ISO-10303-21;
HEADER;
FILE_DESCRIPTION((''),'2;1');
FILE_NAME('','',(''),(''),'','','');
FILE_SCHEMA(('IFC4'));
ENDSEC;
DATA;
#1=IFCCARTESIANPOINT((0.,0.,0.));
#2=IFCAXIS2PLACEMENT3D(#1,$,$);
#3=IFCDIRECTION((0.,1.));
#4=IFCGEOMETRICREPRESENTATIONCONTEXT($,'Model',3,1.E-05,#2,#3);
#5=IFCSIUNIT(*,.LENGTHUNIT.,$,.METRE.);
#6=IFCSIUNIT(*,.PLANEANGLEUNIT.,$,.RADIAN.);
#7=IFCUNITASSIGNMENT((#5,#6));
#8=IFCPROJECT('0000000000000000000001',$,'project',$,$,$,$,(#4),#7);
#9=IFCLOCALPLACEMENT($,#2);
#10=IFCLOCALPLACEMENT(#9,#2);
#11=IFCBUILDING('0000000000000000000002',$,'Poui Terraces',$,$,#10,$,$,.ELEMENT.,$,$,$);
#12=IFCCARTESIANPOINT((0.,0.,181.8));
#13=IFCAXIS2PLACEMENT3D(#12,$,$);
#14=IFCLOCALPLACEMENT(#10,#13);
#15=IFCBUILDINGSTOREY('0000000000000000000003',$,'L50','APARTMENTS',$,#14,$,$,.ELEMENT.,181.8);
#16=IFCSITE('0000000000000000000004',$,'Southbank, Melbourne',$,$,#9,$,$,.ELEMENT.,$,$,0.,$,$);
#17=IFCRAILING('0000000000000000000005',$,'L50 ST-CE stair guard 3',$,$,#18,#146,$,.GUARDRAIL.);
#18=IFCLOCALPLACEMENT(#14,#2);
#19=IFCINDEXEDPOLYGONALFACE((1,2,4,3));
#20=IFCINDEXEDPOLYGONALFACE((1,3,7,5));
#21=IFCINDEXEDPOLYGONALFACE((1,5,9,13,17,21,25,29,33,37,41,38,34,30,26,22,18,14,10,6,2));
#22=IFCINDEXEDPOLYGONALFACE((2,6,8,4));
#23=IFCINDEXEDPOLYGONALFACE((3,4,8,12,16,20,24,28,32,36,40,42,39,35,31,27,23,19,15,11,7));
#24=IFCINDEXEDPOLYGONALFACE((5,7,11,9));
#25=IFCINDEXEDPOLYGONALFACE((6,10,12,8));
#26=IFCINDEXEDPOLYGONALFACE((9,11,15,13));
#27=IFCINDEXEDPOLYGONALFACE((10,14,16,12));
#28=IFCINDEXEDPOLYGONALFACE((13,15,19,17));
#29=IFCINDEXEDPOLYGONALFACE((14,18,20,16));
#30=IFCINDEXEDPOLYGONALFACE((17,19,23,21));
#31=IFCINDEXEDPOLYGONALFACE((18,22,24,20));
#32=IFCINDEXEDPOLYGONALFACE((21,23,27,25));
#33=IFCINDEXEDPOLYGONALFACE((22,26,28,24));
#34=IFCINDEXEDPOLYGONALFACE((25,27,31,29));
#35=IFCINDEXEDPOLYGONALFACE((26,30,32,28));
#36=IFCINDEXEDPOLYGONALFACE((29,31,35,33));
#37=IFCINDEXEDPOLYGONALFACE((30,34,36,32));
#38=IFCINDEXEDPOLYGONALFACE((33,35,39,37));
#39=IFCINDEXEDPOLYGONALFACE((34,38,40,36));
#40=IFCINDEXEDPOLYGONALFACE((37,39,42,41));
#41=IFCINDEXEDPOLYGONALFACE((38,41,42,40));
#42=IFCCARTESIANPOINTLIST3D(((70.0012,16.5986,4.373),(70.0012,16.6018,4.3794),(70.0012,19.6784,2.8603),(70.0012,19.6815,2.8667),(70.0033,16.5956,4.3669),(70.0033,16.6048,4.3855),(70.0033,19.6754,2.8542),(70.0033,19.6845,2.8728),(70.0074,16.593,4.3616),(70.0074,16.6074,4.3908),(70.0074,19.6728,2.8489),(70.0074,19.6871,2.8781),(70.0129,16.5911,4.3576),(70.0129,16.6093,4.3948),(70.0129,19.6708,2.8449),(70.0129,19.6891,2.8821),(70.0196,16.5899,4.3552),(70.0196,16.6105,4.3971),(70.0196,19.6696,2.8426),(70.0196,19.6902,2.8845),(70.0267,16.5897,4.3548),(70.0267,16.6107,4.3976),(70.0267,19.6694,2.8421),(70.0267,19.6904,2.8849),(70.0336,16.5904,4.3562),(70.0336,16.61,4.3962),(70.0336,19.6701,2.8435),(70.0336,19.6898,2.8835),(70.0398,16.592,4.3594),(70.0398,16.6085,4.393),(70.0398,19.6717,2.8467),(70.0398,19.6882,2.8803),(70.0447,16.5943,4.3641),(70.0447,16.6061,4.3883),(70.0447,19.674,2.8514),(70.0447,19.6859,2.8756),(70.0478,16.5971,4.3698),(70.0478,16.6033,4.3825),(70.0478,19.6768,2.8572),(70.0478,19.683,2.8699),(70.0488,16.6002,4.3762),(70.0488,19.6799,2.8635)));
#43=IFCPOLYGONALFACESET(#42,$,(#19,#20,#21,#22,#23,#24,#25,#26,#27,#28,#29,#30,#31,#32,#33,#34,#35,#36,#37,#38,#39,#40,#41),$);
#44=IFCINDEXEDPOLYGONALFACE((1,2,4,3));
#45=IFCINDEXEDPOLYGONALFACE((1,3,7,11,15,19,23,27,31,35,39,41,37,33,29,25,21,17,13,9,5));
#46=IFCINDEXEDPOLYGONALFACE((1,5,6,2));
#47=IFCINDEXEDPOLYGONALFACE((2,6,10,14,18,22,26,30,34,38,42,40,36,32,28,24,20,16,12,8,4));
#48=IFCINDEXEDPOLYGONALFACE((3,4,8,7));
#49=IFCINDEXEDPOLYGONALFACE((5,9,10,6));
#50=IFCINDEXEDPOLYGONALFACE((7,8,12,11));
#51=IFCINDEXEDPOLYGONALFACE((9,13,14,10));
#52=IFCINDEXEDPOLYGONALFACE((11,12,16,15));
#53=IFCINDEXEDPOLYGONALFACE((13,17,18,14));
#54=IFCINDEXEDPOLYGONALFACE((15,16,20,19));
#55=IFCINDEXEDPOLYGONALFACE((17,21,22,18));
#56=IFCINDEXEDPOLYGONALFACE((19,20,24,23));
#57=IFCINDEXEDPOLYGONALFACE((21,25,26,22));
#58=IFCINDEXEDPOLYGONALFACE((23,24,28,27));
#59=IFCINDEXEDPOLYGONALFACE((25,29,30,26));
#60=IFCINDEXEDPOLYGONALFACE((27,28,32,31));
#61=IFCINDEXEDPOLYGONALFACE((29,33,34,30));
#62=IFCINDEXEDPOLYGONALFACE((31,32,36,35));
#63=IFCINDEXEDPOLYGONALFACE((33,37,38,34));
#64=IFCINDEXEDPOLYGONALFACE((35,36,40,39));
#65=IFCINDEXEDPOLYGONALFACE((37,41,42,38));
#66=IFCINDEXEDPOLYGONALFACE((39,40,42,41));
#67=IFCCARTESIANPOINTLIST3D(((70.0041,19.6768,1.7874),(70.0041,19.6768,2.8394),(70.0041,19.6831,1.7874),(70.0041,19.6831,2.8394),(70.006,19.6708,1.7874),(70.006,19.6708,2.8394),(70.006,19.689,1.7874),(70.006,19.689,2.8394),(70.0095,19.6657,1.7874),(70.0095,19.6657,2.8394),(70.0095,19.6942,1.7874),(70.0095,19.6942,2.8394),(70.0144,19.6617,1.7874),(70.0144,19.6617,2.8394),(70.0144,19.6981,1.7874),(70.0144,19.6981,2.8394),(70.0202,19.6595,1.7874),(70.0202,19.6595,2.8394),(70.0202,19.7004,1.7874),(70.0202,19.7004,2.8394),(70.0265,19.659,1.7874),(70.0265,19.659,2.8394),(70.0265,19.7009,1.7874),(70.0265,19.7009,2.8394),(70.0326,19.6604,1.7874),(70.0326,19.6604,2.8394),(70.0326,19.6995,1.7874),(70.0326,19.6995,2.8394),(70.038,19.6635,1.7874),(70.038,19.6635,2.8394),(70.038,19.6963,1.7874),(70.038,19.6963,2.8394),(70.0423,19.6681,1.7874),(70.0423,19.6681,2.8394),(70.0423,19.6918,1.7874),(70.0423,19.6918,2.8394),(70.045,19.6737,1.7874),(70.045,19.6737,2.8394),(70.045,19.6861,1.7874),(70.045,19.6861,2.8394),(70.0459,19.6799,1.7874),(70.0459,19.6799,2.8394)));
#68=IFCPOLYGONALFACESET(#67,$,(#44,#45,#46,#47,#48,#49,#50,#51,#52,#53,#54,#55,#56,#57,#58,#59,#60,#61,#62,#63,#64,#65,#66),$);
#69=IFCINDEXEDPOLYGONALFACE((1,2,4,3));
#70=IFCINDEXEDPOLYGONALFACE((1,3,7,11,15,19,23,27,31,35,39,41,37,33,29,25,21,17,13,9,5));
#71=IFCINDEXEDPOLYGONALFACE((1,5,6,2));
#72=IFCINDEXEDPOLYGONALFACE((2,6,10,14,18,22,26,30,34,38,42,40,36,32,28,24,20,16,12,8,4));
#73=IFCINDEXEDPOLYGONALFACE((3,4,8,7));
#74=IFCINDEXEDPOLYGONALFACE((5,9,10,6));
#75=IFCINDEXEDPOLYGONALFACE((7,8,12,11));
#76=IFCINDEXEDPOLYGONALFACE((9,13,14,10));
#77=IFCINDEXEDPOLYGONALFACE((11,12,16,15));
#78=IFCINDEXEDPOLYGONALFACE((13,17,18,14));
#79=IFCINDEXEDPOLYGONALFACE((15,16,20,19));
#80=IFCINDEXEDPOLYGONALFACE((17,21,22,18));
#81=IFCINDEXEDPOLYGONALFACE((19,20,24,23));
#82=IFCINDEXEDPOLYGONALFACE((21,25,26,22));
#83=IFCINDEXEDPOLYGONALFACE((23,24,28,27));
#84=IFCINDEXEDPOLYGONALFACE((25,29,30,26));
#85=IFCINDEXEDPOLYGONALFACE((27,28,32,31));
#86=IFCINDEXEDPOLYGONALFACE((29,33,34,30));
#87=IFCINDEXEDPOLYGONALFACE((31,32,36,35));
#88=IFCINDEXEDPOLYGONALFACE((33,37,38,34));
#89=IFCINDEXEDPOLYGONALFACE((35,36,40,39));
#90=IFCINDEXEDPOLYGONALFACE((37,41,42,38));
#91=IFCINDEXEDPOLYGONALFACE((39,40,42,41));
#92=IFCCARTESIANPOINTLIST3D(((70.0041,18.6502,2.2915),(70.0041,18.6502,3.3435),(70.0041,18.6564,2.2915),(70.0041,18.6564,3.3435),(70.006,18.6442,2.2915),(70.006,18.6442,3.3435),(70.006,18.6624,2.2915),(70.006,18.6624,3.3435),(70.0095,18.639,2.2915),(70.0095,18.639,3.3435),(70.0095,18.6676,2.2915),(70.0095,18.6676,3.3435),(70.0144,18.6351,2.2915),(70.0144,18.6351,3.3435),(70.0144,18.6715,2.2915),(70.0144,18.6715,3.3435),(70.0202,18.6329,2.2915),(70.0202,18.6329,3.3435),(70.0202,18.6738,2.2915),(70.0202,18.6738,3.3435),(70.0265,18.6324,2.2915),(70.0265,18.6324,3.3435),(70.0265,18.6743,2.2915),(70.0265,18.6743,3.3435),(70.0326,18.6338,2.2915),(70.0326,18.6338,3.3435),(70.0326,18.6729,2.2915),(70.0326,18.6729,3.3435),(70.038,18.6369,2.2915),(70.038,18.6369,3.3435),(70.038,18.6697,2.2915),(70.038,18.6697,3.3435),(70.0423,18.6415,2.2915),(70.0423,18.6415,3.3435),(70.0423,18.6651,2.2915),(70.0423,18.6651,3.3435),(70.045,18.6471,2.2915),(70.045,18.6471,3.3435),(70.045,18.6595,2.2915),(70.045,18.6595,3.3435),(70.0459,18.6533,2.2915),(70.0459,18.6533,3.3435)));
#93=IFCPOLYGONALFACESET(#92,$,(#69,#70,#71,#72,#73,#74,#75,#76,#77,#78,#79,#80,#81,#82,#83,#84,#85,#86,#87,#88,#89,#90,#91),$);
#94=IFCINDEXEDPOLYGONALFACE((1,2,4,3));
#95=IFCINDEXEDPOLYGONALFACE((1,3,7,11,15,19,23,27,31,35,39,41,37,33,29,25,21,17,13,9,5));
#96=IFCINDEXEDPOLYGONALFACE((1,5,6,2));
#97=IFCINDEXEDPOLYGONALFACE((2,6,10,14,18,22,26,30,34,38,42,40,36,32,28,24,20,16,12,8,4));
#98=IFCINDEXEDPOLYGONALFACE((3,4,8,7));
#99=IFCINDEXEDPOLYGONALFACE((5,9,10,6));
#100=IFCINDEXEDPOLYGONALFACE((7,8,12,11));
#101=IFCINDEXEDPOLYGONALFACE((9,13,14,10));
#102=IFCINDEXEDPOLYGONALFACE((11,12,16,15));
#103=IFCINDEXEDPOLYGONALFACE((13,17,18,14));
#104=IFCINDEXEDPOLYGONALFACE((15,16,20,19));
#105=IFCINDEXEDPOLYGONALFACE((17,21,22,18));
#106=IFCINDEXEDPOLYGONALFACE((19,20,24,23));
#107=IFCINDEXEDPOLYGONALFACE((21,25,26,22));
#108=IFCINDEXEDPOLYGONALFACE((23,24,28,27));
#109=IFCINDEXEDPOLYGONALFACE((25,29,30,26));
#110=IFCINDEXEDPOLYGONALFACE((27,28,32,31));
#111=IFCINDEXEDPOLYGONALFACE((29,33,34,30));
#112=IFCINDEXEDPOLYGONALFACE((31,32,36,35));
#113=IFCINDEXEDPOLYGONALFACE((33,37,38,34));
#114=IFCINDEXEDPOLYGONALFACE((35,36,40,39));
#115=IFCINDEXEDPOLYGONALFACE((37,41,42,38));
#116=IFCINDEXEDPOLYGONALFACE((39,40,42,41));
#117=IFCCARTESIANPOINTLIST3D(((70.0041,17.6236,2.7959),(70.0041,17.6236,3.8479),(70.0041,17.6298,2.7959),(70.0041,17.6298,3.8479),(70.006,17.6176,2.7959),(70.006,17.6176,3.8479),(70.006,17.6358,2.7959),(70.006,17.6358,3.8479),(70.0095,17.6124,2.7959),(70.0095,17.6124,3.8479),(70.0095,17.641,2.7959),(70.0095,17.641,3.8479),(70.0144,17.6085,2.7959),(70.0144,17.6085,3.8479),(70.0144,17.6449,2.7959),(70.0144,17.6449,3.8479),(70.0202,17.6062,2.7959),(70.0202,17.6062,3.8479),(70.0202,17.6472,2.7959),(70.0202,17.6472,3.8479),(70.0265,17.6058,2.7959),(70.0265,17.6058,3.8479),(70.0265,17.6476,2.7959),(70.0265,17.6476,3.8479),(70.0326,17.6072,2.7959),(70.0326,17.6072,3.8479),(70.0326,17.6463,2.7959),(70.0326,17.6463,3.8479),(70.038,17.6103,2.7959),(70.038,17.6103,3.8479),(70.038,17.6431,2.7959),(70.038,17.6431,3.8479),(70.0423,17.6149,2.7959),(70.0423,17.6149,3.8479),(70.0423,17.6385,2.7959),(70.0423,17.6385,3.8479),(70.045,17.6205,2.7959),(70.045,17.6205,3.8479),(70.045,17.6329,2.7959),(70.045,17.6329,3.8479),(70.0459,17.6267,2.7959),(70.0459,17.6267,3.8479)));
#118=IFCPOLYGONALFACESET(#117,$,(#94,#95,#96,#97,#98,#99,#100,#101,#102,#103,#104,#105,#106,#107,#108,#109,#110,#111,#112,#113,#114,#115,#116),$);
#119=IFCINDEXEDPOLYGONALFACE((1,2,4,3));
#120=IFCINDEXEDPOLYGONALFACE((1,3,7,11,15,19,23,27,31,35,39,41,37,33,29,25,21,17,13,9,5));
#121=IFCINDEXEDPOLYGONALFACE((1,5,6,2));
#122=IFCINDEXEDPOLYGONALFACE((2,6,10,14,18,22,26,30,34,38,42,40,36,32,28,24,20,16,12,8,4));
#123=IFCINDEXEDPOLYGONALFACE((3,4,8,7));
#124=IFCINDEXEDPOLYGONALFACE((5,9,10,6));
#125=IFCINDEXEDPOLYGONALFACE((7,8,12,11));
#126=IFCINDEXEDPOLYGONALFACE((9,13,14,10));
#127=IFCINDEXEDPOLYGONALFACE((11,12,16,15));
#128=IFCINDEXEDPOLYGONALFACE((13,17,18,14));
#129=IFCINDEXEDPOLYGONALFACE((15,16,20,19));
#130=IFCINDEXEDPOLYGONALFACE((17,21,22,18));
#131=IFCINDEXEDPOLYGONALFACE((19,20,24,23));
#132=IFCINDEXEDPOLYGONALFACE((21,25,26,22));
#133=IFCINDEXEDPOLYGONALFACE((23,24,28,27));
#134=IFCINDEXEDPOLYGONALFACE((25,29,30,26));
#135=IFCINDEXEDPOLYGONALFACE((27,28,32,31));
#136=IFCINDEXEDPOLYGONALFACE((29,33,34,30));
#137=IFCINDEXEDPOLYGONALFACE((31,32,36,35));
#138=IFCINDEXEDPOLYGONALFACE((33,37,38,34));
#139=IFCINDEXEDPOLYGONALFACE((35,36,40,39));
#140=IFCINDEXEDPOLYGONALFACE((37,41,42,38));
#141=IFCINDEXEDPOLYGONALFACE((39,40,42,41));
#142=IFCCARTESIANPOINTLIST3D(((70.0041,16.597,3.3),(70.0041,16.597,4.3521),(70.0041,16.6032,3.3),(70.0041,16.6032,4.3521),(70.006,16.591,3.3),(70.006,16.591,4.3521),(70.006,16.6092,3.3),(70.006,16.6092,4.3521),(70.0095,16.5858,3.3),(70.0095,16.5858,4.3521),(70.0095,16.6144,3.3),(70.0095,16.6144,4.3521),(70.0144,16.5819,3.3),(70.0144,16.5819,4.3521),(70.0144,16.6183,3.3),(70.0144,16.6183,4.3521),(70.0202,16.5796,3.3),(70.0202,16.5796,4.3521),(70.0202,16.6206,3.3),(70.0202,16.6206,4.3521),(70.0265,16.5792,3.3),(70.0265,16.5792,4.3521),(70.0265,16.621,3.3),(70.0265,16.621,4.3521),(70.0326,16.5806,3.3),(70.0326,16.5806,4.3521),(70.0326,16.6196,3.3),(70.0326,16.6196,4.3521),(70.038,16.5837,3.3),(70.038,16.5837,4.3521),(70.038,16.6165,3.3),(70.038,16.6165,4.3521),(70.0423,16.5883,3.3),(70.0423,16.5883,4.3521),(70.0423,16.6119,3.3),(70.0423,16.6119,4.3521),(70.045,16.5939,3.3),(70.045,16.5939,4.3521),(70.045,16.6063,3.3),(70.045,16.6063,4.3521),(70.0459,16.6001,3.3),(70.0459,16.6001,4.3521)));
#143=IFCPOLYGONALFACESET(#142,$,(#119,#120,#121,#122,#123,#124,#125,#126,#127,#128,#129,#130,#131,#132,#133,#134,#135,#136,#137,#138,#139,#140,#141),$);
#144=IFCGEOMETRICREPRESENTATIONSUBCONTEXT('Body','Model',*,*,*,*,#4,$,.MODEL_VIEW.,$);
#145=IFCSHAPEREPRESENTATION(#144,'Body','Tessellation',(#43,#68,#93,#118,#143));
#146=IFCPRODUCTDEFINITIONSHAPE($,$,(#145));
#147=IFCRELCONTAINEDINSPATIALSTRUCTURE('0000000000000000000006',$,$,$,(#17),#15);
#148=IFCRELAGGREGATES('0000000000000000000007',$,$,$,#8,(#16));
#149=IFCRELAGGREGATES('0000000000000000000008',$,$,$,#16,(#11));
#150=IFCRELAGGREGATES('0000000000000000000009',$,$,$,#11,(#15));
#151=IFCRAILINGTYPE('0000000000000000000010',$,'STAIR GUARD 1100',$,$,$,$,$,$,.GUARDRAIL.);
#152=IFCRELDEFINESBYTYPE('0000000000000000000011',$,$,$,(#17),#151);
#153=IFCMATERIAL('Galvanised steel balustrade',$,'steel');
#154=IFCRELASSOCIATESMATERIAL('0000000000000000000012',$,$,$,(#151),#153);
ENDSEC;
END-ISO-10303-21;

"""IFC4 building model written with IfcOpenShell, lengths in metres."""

from ifc_helpers import new_model, si_unit, direction, frame, origin, origin_2d, place, context, subcontext, project, spatial, circle, extrude, material, type_object, element, save


model = new_model("IFC4")

# Units and contexts
model_context = context("Model", 3, precision=1e-05, world=origin(), true_north=direction((0.0, 1.0)))
body_context = subcontext(model_context, "Body", "Model", "MODEL_VIEW")
ifc_project = project(units=[si_unit("LENGTHUNIT", "METRE"), si_unit("PLANEANGLEUNIT", "RADIAN")], contexts=[model_context])

# Site, building, storey
site_placement = place(None, origin())
site = spatial("IfcSite", under=ifc_project, at=site_placement, Name="Southbank, Melbourne", CompositionType="ELEMENT", RefElevation=0.0)
building_placement = place(site_placement, origin())
building = spatial("IfcBuilding", under=site, at=building_placement, Name="Poui Terraces", CompositionType="ELEMENT")
storey_placement = place(building_placement, frame((0.0, 0.0, 181.8)))
storey = spatial("IfcBuildingStorey", under=building, at=storey_placement, Name="L50", Description="APARTMENTS", CompositionType="ELEMENT", Elevation=181.8)

# Railing
ifc_material_1 = material(Name="Galvanised steel balustrade", Category="steel")
railing_type_1 = type_object("IfcRailingType", Name="STAIR GUARD 1100", PredefinedType="GUARDRAIL", material=ifc_material_1)
railing_1_placement = place(storey_placement, frame((70.0249, 19.6799, 1.7874)))
element("IfcRailing", 1, at=railing_1_placement, inside=storey, type_object=railing_type_1, Name="L50 ST-CE stair guard 3", PredefinedType="GUARDRAIL", context=body_context, shape_type="SweptSolid", body=[
    extrude(circle(Radius=0.0239, at=origin_2d()), frame((0.0, 0.0, 1.0762), z_axis=(0.0, -0.897578, 0.440856), x_axis=(1.0, 0.0, 0.0)), (0.0, 0.0, 1.0), 3.4312),
    extrude(circle(Radius=0.021, at=origin_2d()), origin(), (0.0, 0.0, 1.0), 1.052),
    extrude(circle(Radius=0.021, at=origin_2d()), frame((0.0, -1.0266, 0.5042)), (0.0, 0.0, 1.0), 1.052),
    extrude(circle(Radius=0.021, at=origin_2d()), frame((0.0, -2.0532, 1.0085)), (0.0, 0.0, 1.0), 1.052),
    extrude(circle(Radius=0.021, at=origin_2d()), frame((0.0, -3.0798, 1.5127)), (0.0, 0.0, 1.0), 1.052),
])

save(model, "model.ifc")
